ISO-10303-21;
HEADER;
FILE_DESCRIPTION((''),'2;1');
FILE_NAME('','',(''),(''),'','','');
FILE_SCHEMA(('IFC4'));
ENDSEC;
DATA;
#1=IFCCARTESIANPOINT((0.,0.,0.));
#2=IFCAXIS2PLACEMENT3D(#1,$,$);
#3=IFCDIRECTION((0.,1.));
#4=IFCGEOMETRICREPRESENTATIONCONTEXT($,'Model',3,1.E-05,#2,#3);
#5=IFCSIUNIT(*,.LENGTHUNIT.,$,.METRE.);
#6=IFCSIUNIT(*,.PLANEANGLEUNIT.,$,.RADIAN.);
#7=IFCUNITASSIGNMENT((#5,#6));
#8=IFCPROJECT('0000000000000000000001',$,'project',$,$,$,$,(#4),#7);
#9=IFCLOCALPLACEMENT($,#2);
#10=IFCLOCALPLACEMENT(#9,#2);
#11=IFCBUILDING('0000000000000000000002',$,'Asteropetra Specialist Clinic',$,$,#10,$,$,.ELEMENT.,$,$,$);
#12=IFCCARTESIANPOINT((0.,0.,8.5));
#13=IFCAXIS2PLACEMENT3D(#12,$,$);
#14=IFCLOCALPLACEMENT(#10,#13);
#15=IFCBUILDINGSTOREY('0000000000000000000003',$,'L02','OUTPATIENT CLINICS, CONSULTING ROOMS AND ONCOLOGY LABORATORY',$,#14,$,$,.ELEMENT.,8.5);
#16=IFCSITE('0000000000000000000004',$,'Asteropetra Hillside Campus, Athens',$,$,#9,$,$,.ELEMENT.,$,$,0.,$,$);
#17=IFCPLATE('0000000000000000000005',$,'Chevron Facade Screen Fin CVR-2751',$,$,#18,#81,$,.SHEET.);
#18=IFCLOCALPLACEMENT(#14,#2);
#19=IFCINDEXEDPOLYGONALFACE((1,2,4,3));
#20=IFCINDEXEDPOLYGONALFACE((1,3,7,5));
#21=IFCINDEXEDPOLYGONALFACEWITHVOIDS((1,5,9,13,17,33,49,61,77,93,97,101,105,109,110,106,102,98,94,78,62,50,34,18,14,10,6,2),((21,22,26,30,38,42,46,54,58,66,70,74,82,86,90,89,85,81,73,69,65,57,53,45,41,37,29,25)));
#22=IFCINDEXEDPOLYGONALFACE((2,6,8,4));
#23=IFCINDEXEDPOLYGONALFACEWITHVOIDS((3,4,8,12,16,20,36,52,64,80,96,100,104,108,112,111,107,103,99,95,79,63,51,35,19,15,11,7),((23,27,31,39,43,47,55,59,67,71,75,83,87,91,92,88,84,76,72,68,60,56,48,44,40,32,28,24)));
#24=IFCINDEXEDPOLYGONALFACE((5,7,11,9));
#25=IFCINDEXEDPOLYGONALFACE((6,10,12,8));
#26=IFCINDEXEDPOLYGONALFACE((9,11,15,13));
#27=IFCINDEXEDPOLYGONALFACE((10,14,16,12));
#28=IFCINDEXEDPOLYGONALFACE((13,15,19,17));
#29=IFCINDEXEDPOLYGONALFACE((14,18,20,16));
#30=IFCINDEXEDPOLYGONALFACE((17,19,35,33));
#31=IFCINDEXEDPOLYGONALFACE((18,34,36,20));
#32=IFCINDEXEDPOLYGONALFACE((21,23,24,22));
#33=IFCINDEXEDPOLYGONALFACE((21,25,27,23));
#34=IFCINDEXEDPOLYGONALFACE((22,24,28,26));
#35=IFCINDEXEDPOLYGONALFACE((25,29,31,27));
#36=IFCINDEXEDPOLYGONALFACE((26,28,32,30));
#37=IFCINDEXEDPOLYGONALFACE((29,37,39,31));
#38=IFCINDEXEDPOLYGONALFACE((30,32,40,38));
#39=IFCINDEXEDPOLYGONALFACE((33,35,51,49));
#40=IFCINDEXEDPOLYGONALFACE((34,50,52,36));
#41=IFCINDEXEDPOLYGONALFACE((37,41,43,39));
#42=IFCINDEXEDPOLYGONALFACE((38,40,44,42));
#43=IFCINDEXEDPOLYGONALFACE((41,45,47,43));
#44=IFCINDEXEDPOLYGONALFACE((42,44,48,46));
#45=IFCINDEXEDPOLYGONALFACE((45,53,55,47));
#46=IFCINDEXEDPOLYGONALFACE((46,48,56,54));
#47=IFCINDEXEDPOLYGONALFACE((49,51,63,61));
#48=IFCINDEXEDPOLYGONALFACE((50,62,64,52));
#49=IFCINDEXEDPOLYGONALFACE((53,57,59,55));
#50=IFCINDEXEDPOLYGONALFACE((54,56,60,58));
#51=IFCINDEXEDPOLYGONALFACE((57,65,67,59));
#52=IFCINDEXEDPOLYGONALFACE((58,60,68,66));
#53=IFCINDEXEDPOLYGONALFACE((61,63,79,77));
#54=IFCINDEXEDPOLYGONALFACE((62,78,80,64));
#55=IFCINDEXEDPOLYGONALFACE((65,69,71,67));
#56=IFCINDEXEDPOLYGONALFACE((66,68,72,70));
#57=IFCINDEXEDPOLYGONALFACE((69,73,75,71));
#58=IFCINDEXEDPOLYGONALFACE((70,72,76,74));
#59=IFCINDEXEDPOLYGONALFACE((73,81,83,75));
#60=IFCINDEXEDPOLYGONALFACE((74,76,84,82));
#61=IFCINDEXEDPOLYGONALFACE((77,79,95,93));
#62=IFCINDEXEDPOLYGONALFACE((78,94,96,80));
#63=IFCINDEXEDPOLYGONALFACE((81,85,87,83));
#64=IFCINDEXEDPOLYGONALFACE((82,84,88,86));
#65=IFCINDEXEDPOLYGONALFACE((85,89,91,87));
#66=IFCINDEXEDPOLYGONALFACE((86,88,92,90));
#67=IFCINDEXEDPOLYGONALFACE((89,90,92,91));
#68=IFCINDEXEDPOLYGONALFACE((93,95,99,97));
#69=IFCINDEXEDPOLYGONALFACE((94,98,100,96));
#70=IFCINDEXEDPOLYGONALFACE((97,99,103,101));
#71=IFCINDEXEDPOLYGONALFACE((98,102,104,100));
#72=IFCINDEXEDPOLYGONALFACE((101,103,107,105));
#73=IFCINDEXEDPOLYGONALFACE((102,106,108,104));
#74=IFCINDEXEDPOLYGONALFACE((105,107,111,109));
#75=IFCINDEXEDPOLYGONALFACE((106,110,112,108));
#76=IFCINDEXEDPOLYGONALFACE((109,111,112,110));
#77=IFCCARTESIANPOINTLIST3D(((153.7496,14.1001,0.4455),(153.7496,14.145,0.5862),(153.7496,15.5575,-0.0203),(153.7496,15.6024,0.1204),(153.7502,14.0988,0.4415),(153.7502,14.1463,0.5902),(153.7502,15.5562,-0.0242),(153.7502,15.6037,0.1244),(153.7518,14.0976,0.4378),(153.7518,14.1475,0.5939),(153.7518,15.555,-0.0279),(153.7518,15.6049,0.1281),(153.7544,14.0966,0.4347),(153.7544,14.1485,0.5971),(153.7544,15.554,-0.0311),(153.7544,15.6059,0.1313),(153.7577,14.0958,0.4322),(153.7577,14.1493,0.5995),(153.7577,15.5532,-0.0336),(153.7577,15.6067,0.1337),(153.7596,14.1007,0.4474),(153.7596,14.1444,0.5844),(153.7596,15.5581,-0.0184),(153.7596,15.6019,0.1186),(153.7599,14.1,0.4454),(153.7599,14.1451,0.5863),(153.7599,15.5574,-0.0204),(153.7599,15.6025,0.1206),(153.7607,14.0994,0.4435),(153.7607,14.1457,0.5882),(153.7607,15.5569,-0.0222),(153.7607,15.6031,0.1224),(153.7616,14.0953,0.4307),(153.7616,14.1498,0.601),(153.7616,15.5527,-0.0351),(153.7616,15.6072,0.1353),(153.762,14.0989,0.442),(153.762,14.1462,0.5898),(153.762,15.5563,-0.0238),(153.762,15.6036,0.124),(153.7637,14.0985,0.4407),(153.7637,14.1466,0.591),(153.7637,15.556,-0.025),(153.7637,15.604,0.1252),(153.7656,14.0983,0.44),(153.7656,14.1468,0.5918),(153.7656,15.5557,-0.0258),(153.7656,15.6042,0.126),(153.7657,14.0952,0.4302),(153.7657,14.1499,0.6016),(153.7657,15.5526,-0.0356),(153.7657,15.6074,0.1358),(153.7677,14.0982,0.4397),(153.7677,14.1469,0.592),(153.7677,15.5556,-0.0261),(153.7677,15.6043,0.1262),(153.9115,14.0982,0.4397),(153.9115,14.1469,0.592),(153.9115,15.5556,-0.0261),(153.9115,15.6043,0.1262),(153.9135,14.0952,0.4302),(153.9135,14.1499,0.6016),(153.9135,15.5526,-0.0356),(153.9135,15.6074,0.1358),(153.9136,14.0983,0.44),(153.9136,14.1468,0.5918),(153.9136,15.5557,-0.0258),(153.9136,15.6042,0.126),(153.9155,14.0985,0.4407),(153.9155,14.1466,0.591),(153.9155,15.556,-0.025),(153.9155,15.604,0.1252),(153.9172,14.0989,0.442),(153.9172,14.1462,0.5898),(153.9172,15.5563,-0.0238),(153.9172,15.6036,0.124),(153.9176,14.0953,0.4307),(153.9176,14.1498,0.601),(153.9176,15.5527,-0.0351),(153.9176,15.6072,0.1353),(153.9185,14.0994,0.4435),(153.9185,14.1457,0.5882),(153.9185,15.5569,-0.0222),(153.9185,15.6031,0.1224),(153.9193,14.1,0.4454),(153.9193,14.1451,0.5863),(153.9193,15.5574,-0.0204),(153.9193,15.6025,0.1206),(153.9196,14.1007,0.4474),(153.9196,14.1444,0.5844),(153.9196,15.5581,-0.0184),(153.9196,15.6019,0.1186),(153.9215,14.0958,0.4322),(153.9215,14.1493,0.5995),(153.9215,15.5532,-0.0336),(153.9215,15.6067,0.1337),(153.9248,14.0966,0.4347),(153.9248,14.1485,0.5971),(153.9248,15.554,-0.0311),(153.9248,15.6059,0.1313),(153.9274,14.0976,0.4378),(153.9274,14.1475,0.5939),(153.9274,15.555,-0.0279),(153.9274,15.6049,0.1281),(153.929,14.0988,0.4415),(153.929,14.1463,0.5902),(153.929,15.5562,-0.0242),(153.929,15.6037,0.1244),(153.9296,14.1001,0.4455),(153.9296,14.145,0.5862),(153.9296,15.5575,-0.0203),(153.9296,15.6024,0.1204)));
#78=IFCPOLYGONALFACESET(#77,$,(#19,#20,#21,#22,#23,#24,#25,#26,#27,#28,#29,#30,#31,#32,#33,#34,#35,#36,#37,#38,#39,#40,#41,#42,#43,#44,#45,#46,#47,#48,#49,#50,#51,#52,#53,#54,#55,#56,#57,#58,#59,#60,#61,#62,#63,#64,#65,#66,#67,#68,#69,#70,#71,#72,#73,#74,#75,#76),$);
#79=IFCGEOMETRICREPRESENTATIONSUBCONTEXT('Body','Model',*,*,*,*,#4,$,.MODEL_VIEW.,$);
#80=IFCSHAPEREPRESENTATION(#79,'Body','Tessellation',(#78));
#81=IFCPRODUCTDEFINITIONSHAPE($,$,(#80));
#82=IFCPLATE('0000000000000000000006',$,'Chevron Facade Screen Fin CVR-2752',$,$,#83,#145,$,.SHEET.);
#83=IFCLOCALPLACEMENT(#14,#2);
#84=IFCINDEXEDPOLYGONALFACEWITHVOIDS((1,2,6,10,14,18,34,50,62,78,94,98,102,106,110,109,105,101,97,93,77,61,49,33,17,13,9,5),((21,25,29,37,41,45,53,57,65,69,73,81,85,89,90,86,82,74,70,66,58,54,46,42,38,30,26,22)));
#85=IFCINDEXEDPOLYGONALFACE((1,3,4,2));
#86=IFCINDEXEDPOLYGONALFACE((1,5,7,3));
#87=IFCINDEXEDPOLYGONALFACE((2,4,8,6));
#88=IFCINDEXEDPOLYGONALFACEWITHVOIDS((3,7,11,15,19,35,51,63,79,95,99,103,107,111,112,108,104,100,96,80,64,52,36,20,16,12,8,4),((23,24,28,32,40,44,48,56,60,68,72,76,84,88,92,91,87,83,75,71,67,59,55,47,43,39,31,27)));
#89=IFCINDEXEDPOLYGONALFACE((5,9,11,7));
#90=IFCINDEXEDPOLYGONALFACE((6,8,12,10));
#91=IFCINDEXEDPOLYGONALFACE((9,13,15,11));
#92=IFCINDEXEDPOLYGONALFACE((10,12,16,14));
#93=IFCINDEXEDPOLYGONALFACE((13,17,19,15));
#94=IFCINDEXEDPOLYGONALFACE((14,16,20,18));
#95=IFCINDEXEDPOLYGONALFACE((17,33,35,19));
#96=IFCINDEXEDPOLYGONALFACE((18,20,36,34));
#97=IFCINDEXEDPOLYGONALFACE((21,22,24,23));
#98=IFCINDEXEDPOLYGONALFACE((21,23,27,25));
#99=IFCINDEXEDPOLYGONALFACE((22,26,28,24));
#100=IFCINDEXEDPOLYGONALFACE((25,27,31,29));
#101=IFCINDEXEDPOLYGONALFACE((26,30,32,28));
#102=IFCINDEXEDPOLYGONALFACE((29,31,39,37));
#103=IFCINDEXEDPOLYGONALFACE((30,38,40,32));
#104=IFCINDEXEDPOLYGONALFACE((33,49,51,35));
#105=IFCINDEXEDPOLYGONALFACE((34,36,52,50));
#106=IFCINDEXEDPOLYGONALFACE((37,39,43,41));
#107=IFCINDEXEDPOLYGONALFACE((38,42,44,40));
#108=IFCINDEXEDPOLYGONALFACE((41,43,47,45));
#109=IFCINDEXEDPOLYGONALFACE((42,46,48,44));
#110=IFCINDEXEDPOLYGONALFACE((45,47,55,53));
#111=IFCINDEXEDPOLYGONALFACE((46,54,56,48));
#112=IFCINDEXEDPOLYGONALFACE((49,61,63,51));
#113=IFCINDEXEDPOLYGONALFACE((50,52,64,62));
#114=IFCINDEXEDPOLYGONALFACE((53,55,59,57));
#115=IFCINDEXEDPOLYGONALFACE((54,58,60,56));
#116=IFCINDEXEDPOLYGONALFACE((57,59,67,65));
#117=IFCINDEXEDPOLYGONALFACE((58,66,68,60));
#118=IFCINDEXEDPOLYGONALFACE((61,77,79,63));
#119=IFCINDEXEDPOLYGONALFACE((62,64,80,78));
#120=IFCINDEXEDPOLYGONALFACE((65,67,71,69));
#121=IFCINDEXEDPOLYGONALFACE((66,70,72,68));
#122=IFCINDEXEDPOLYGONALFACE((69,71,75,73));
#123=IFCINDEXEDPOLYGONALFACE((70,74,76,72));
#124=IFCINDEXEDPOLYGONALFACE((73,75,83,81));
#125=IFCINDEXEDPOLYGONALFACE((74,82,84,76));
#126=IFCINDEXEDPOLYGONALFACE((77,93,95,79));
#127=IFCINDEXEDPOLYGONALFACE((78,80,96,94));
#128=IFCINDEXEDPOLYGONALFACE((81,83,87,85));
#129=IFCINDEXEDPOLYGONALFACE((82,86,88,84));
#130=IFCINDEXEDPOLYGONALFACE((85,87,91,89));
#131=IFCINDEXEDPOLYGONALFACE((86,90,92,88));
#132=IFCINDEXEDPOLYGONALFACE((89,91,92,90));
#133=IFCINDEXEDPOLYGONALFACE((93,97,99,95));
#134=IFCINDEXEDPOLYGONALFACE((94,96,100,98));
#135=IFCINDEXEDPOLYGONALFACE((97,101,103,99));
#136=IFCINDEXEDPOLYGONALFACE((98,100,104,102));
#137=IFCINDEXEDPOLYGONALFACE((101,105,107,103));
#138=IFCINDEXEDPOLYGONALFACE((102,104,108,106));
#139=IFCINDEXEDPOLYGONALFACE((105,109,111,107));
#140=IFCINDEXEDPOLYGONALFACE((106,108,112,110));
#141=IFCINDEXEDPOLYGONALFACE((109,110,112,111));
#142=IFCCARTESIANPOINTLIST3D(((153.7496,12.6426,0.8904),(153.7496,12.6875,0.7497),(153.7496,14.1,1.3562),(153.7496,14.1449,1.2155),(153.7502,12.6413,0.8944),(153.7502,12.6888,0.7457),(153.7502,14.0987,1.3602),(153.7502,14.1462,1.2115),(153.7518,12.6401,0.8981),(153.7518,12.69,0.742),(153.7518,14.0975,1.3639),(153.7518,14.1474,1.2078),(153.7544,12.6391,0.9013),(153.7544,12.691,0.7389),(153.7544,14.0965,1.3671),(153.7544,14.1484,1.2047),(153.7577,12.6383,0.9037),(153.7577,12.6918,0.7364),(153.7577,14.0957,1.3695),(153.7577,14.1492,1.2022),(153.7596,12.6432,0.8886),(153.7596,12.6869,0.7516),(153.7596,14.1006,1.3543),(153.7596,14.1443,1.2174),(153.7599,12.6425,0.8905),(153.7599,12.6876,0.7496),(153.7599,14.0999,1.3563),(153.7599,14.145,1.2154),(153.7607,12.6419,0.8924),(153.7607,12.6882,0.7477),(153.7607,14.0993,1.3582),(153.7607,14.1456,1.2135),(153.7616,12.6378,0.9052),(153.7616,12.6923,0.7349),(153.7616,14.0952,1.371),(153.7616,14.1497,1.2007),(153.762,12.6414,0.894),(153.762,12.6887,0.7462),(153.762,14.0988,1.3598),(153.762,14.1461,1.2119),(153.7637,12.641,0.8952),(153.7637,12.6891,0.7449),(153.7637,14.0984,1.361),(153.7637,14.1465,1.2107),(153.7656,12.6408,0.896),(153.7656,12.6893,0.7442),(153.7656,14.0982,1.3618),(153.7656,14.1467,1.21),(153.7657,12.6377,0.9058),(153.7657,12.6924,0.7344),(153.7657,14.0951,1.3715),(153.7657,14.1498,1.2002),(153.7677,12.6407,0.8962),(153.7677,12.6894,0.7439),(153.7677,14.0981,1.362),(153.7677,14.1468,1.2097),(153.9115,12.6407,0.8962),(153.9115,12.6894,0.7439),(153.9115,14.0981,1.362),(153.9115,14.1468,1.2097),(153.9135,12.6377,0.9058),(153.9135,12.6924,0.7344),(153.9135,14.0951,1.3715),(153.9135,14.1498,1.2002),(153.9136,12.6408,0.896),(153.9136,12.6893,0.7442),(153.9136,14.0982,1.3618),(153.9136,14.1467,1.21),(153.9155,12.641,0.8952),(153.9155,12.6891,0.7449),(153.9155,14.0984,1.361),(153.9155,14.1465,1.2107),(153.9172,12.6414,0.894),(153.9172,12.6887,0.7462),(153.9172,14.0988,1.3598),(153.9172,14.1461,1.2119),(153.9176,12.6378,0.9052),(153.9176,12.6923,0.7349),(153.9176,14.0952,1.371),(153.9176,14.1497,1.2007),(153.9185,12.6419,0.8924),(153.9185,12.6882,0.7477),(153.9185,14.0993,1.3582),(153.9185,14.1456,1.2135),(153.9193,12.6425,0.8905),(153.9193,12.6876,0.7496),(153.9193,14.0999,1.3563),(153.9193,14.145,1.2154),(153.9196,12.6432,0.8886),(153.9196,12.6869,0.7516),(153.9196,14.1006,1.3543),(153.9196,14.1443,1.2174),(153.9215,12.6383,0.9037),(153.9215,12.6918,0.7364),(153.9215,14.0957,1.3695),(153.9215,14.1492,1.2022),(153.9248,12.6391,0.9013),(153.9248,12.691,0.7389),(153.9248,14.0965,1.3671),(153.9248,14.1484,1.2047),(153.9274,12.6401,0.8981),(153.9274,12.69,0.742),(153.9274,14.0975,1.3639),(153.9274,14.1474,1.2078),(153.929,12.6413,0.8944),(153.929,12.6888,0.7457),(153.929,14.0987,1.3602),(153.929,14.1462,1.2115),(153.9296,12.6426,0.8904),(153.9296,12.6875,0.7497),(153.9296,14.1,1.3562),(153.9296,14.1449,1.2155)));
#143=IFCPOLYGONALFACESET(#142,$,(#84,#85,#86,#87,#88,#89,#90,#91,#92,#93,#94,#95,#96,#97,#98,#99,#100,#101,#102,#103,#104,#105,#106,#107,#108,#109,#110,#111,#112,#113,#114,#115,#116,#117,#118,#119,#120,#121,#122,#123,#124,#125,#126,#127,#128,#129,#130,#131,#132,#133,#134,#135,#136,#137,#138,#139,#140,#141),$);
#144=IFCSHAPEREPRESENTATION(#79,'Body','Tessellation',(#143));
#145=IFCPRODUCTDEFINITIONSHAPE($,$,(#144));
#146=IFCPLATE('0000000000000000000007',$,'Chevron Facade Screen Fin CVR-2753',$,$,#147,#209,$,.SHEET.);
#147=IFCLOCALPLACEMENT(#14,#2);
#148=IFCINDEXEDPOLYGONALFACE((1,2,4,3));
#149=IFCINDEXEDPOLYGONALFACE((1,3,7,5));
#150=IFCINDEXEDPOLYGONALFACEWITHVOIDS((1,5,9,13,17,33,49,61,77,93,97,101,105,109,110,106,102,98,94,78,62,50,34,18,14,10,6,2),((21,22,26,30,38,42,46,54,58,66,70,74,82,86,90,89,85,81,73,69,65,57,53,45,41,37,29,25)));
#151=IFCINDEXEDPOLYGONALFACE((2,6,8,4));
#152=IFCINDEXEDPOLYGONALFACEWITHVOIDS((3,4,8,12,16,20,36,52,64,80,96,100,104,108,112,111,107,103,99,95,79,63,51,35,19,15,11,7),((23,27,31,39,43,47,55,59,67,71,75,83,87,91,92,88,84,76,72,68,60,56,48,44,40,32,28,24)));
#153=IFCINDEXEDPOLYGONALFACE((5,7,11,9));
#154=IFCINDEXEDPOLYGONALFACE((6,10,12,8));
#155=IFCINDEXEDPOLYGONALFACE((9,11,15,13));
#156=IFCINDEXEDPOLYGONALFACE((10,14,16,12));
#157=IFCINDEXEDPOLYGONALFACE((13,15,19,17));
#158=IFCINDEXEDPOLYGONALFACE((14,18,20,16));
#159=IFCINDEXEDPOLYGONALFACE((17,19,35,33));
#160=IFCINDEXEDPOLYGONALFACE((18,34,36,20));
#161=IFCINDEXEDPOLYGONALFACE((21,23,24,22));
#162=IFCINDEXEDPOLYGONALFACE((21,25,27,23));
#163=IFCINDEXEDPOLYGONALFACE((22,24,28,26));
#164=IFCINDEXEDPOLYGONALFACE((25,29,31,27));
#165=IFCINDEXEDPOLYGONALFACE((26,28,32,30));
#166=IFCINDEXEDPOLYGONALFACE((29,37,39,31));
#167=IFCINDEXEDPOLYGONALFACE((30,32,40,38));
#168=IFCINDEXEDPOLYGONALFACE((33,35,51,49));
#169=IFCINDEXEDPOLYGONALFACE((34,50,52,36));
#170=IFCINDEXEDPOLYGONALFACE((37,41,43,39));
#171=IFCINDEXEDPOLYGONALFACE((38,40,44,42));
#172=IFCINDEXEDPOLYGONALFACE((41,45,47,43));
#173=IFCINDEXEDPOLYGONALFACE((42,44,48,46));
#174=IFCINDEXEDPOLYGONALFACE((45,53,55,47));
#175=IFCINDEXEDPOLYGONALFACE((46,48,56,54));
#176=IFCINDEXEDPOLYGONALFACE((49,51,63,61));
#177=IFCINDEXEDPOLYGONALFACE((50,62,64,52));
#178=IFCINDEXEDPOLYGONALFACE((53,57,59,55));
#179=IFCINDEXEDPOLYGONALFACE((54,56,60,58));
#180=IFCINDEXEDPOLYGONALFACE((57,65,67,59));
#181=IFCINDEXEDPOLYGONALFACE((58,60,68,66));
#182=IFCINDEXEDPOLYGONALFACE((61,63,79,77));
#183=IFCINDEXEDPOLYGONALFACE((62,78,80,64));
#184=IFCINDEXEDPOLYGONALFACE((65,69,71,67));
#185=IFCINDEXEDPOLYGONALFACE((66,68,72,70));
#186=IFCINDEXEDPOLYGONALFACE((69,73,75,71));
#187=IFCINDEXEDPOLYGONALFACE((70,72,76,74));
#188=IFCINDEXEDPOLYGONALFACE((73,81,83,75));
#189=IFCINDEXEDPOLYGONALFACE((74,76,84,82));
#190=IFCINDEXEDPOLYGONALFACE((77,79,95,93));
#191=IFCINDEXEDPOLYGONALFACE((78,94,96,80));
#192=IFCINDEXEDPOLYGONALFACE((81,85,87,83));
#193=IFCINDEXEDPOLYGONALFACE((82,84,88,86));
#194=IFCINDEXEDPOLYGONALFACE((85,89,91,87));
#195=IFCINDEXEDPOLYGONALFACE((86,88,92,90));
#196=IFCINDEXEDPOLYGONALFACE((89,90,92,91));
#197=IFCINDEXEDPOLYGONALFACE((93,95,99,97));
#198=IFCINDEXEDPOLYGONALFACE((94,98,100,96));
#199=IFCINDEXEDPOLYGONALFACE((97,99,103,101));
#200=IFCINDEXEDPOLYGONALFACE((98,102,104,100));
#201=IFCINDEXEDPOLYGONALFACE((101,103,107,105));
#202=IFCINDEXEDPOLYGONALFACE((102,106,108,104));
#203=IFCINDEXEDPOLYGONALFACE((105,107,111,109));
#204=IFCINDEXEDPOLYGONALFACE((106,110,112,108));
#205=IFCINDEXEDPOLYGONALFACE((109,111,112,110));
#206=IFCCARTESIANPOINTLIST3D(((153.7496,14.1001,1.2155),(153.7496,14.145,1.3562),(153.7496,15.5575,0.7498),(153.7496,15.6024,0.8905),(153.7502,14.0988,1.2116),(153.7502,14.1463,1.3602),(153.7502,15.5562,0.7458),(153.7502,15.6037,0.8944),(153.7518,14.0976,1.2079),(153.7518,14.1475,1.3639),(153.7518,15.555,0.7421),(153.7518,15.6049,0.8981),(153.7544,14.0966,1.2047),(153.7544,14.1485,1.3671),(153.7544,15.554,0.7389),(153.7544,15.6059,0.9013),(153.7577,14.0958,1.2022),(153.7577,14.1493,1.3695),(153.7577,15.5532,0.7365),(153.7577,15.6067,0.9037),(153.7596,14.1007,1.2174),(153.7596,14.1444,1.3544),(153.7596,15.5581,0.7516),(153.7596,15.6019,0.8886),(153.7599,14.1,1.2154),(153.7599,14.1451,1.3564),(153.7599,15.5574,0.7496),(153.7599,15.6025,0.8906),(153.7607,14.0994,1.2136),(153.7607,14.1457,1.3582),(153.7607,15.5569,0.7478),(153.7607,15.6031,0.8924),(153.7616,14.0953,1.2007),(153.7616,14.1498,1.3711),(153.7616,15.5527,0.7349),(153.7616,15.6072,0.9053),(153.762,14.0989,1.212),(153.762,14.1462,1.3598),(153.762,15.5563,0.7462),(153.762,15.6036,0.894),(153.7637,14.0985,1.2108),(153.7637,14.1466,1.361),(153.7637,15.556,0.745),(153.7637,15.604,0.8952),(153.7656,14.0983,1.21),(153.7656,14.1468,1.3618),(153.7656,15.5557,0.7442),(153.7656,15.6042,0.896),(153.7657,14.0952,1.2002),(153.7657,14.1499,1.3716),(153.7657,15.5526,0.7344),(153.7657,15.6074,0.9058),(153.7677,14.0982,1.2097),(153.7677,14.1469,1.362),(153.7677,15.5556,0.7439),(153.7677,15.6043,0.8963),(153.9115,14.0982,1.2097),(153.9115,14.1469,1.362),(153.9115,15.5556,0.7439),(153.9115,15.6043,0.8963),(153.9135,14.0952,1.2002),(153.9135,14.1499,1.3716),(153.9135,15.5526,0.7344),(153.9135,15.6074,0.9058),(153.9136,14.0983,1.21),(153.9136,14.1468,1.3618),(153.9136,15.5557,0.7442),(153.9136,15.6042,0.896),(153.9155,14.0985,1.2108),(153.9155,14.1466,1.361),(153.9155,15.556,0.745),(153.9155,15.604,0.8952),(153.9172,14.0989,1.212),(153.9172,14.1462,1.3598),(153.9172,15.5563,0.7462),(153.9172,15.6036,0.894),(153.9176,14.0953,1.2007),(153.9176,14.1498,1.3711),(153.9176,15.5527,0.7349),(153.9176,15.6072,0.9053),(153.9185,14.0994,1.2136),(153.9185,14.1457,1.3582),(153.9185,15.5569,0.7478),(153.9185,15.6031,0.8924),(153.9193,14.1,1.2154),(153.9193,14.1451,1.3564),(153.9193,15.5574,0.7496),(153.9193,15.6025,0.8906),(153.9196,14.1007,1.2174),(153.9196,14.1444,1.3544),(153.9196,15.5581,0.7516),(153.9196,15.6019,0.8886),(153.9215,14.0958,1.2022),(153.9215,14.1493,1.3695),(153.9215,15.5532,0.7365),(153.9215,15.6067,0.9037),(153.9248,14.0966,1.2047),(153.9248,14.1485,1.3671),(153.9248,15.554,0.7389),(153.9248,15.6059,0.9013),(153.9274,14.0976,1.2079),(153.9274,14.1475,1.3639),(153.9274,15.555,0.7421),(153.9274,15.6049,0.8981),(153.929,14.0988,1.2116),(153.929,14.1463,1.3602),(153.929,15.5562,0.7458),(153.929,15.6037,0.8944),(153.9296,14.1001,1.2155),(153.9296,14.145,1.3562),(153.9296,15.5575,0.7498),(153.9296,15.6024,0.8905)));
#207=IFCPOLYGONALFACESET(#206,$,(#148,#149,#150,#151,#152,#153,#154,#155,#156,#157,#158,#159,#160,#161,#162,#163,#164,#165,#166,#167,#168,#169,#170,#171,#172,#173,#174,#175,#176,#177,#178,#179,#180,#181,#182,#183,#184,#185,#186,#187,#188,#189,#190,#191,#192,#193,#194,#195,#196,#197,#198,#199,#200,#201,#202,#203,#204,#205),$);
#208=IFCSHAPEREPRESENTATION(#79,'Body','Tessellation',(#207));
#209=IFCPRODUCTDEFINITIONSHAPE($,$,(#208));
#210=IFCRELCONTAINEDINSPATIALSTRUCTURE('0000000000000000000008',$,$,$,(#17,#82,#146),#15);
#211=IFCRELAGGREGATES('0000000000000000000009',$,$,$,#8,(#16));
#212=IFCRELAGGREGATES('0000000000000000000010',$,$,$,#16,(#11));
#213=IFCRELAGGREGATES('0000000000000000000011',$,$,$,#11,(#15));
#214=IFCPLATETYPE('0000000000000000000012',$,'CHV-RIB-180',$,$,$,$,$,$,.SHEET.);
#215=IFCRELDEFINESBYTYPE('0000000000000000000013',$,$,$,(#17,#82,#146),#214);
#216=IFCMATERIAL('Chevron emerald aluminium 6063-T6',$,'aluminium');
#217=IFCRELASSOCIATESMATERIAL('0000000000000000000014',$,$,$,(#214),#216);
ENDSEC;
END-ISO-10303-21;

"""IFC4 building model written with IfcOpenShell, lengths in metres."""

from ifc_helpers import new_model, si_unit, direction, frame, origin, origin_2d, place, context, subcontext, project, spatial, hollow_rectangle, extrude, material, material_profile, profile_set, type_object, element, save


model = new_model("IFC4")

# Units and contexts
model_context = context("Model", 3, precision=1e-05, world=origin(), true_north=direction((0.0, 1.0)))
body_context = subcontext(model_context, "Body", "Model", "MODEL_VIEW")
ifc_project = project(units=[si_unit("LENGTHUNIT", "METRE"), si_unit("PLANEANGLEUNIT", "RADIAN")], contexts=[model_context])

# Site, building, storey
site_placement = place(None, origin())
site = spatial("IfcSite", under=ifc_project, at=site_placement, Name="Asteropetra Hillside Campus, Athens", CompositionType="ELEMENT", RefElevation=0.0)
building_placement = place(site_placement, origin())
building = spatial("IfcBuilding", under=site, at=building_placement, Name="Asteropetra Specialist Clinic", CompositionType="ELEMENT")
storey_placement = place(building_placement, frame((0.0, 0.0, 8.5)))
storey = spatial("IfcBuildingStorey", under=building, at=storey_placement, Name="L02", Description="OUTPATIENT CLINICS, CONSULTING ROOMS AND ONCOLOGY LABORATORY", CompositionType="ELEMENT", Elevation=8.5)

# Plates
ifc_material_1 = material(Name="Chevron emerald aluminium 6063-T6", Category="aluminium")
ifc_material_profile_1 = material_profile(ifc_material_1, hollow_rectangle(XDim=0.1799, YDim=0.1799, WallThickness=0.01, InnerFilletRadius=0.0081, OuterFilletRadius=0.0161, at=origin_2d()), Name="SHS 180x180x10.0")
ifc_profile_set_1 = profile_set([ifc_material_profile_1], Name="Chevron emerald aluminium 6063-T6")
plate_type = type_object("IfcPlateType", Name="CHV-RIB-180", PredefinedType="SHEET", material=ifc_profile_set_1)
for number, where, z_axis, x_axis, name in (
    (1, (153.8396, 14.1226, 0.5159), (0.0, 0.952535, -0.304428), (-1.0, 0.0, 0.0), "Chevron Facade Screen Fin CVR-2751"),
    (2, (153.8396, 12.665, 0.8201), (0.0, 0.952535, 0.304428), (-1.0, 0.0, 0.0), "Chevron Facade Screen Fin CVR-2752"),
    (3, (153.8396, 14.1226, 1.2859), (0.0, 0.952535, -0.304428), (-1.0, 0.0, 0.0), "Chevron Facade Screen Fin CVR-2753"),
):
    element("IfcPlate", number, at=place(storey_placement, frame(where, z_axis=z_axis, x_axis=x_axis)), inside=storey, type_object=plate_type, Name=name, PredefinedType="SHEET", context=body_context, shape_type="SweptSolid", body=[
        extrude(hollow_rectangle(XDim=0.1799, YDim=0.1799, WallThickness=0.01, InnerFilletRadius=0.0081, OuterFilletRadius=0.0161, at=origin_2d()), origin(), (0.0, 0.0, 1.0), 1.53),
    ])

save(model, "model.ifc")
